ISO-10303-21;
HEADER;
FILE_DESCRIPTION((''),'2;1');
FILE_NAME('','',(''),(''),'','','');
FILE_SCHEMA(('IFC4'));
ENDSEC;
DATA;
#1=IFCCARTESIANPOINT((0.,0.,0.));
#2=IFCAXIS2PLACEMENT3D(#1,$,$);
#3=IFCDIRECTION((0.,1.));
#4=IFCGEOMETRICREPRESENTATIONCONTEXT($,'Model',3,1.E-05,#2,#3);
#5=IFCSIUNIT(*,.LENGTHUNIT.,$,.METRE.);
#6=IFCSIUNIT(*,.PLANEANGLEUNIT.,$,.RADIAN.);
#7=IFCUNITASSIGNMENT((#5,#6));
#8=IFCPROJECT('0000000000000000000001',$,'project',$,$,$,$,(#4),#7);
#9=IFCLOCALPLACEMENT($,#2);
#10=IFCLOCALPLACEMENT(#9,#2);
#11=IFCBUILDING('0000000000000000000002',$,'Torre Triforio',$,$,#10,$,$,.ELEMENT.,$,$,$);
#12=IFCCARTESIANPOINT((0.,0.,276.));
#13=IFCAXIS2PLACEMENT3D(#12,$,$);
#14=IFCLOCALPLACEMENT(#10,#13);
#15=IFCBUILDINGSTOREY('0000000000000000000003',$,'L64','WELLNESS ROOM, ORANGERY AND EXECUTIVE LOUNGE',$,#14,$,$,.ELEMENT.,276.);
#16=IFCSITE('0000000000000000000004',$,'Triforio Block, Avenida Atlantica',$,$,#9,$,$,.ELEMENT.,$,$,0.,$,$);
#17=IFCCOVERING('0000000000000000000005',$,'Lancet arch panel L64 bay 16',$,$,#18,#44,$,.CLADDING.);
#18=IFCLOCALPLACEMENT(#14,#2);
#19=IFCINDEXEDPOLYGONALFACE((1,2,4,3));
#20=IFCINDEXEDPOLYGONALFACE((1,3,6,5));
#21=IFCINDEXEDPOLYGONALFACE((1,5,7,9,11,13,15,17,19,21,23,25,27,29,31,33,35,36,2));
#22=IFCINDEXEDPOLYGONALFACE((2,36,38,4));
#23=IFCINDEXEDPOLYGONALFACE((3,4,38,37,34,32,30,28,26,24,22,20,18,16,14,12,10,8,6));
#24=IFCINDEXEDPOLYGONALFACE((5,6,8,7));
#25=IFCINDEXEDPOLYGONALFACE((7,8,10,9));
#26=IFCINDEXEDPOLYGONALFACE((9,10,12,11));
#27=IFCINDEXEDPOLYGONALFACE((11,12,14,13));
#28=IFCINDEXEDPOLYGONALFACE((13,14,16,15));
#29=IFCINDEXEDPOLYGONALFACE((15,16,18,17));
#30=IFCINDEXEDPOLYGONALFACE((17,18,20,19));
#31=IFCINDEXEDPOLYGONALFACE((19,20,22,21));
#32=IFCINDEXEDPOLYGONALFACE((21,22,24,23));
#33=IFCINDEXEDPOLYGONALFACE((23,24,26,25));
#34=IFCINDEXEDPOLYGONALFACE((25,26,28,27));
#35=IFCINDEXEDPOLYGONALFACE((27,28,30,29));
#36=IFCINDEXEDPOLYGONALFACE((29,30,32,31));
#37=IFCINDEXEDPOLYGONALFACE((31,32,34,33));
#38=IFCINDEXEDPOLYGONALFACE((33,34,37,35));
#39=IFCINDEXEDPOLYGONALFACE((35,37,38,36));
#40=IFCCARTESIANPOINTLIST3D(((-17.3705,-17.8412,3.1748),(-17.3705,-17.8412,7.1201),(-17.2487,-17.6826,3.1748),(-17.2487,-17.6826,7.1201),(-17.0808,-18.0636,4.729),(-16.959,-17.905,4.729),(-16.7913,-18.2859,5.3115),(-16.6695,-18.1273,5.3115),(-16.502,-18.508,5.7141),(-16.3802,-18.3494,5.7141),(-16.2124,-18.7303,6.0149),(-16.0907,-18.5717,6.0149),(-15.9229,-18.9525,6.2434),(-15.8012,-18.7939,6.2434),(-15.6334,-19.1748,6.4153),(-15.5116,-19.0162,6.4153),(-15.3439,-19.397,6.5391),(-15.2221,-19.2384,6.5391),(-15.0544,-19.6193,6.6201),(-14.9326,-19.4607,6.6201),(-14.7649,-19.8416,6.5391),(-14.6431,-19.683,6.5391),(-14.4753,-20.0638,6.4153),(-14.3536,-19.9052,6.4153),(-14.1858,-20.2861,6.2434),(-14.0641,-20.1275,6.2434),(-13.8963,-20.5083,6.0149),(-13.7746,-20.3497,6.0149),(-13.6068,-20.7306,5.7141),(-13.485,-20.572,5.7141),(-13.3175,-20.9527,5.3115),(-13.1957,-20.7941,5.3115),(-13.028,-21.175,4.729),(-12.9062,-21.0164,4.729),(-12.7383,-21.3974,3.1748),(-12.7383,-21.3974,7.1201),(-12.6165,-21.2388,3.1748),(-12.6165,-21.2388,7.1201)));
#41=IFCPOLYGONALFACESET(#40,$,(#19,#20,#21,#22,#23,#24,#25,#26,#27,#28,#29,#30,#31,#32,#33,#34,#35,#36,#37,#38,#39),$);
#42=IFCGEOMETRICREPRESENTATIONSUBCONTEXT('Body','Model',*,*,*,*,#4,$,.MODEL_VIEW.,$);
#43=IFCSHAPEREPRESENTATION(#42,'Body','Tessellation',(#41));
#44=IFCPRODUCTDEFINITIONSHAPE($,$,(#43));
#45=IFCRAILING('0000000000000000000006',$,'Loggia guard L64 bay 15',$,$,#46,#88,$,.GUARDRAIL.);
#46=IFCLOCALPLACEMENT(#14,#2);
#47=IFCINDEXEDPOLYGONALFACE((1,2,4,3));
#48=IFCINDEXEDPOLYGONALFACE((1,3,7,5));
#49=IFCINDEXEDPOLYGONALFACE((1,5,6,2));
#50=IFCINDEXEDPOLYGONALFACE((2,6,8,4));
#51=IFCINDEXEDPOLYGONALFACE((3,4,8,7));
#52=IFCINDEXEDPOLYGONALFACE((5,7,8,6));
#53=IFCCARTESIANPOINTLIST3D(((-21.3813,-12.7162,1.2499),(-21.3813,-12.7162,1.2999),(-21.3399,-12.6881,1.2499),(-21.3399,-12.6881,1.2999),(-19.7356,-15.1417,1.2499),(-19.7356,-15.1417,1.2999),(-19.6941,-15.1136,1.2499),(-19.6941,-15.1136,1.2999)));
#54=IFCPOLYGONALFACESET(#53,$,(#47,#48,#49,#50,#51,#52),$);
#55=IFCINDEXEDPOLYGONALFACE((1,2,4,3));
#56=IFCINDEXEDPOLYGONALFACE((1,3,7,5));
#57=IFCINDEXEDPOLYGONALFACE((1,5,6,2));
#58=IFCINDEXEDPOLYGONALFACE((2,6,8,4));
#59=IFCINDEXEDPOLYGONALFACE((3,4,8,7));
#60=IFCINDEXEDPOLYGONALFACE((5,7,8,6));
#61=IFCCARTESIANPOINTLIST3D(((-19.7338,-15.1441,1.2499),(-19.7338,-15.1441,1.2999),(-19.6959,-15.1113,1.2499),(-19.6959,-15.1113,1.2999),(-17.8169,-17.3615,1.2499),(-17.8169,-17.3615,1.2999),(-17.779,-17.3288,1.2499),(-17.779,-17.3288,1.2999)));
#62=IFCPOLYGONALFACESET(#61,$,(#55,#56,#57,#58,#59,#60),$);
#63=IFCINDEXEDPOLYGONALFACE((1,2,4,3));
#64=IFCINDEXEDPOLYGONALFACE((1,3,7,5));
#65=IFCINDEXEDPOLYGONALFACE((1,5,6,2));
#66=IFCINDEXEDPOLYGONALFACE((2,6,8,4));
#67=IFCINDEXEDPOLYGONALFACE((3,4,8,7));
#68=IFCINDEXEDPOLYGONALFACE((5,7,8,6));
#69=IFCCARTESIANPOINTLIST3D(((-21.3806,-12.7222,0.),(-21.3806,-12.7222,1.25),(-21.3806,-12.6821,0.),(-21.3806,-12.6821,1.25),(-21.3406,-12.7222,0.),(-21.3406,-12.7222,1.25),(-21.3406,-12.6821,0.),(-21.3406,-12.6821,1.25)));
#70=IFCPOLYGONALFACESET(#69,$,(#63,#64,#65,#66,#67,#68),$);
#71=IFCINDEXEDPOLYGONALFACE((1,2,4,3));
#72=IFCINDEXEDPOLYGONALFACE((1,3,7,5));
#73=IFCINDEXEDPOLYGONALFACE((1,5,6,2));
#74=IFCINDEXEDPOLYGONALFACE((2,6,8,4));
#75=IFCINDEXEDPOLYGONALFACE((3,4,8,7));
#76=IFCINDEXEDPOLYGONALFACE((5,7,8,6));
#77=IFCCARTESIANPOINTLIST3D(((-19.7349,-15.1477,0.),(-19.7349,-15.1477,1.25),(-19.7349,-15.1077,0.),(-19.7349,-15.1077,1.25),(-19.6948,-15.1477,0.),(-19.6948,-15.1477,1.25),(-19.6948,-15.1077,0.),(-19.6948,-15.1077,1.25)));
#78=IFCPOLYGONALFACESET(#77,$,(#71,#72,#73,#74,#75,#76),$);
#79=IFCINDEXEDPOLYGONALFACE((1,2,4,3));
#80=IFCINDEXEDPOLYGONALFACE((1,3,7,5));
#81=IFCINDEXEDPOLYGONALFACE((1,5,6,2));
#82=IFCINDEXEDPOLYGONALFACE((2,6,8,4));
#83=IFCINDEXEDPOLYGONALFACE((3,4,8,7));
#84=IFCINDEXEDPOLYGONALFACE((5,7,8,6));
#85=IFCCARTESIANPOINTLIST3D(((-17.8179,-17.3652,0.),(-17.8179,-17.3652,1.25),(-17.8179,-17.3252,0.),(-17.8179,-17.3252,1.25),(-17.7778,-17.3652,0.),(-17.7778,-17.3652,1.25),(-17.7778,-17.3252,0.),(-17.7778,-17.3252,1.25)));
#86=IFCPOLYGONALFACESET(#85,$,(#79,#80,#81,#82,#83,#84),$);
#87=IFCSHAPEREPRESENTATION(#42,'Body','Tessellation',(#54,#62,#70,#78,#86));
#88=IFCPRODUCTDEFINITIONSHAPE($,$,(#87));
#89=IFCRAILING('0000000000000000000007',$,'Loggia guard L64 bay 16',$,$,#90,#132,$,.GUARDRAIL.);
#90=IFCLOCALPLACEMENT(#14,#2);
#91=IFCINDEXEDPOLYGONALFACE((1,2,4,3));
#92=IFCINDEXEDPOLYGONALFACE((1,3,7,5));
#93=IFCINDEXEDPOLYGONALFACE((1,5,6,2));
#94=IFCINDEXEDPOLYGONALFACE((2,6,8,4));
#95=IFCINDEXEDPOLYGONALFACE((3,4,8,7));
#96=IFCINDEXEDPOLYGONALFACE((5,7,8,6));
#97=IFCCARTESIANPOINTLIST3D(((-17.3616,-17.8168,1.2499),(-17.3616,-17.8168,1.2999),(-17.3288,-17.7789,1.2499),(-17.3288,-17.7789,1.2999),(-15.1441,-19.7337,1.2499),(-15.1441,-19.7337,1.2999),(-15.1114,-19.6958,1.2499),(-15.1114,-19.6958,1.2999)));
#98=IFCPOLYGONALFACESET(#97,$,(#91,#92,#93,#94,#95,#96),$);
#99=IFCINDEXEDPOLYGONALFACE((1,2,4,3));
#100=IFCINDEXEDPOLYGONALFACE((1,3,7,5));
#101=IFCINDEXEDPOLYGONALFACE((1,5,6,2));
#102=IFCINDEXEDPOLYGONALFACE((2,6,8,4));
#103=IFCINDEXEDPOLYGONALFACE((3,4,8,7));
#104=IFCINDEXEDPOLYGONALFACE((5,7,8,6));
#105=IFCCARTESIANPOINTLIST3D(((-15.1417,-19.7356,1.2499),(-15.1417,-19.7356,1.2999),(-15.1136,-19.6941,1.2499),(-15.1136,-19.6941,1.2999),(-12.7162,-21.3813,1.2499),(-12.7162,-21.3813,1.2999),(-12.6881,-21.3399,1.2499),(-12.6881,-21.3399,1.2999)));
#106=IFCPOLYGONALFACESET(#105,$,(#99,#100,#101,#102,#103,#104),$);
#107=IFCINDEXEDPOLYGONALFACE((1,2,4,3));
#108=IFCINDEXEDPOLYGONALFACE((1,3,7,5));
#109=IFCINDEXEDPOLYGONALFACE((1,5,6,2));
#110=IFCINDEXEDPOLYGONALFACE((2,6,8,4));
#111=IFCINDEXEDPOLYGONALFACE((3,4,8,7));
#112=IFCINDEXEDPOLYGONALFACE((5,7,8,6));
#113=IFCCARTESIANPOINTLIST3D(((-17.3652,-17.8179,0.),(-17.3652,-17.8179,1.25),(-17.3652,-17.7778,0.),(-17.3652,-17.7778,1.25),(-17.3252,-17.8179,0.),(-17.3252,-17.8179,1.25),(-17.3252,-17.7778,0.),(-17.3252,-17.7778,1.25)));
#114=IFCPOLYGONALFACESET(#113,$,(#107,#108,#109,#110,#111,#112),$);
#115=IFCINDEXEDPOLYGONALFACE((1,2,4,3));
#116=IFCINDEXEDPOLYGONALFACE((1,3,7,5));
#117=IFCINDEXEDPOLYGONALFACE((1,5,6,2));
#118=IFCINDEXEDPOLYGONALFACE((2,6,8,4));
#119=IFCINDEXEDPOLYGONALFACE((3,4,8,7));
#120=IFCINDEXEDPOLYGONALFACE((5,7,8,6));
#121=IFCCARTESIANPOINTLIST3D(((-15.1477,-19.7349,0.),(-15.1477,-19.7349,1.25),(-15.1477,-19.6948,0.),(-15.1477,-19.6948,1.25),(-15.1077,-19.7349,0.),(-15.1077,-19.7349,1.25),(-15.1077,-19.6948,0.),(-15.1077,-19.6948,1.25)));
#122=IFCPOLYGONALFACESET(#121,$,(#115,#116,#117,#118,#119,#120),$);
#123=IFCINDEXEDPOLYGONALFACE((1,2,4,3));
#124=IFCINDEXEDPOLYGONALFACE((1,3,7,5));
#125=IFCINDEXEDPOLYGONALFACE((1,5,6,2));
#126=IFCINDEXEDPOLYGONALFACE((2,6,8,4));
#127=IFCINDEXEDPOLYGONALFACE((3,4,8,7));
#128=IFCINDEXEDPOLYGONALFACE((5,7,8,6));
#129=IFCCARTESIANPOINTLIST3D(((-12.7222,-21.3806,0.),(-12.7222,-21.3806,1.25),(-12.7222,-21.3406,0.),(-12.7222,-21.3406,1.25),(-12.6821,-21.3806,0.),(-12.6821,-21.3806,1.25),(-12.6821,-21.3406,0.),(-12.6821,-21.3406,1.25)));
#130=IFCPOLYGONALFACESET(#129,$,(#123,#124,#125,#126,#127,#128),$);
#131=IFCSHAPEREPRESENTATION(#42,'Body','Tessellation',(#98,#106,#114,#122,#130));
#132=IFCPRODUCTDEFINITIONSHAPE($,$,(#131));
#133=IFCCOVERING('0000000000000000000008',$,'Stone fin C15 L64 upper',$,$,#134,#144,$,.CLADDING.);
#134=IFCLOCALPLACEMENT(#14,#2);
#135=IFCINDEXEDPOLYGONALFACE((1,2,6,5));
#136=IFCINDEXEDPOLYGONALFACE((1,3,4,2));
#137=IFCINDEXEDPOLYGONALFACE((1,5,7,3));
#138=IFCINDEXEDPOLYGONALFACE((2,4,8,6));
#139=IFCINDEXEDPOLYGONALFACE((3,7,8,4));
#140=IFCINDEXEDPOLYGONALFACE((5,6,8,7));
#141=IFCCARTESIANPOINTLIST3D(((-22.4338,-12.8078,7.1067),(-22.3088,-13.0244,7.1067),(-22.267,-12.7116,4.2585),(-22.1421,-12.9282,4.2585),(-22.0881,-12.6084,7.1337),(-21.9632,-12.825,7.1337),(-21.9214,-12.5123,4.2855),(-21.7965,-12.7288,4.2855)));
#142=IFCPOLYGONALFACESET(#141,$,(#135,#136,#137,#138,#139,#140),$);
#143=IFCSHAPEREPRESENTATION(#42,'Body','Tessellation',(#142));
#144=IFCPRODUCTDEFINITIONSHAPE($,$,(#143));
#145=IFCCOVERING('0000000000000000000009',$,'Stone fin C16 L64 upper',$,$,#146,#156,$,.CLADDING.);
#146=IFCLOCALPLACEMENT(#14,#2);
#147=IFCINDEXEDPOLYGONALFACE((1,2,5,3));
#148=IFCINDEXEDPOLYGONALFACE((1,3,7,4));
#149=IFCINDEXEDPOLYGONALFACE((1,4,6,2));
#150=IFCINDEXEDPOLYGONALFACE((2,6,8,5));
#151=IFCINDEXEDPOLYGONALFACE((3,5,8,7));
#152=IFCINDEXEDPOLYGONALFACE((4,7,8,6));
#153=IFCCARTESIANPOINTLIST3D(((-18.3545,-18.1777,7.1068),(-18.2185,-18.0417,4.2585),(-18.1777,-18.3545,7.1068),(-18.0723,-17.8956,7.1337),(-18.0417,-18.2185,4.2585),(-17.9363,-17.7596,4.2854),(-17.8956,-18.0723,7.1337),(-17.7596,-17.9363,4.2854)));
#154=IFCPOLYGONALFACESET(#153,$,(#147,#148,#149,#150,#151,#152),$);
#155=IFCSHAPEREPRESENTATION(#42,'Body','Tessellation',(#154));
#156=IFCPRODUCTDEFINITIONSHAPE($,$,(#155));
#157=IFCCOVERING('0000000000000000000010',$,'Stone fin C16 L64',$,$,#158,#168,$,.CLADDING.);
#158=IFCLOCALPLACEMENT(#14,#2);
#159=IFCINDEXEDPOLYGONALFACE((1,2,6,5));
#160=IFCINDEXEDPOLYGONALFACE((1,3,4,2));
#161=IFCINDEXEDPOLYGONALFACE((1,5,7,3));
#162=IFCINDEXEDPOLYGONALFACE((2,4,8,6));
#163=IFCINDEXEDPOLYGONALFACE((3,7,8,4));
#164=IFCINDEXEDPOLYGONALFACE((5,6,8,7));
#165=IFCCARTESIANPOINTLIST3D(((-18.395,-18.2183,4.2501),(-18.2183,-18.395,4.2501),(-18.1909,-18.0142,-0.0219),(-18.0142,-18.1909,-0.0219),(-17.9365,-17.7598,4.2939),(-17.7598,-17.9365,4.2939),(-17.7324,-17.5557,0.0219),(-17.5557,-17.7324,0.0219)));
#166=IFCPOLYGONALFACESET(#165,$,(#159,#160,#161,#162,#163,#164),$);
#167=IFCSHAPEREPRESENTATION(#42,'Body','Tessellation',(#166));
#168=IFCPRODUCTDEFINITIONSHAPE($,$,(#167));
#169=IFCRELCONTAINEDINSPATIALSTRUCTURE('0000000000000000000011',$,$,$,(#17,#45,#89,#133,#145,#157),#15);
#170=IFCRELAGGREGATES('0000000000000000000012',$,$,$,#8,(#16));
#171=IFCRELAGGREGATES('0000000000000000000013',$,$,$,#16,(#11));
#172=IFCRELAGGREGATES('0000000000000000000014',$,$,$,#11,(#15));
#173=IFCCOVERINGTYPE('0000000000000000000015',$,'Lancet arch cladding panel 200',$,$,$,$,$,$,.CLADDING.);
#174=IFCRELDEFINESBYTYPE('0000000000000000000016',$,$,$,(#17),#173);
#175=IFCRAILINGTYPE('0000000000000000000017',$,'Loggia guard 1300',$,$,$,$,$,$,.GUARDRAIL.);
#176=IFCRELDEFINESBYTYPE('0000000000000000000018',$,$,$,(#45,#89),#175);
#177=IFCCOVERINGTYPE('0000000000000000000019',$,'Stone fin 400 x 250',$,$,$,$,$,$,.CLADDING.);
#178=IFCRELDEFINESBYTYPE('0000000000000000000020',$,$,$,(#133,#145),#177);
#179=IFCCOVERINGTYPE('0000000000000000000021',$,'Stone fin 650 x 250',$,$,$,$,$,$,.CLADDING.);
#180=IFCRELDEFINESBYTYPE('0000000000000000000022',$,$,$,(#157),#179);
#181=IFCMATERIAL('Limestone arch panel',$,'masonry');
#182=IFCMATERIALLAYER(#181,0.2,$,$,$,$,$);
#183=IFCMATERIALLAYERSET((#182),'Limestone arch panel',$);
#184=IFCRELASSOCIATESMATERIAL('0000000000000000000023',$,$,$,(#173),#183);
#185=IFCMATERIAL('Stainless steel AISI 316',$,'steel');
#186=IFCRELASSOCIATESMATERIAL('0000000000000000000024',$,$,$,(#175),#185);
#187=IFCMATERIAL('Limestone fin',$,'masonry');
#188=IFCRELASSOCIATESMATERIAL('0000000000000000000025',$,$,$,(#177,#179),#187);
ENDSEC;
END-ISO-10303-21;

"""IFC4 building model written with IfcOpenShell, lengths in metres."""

from ifc_helpers import new_model, si_unit, direction, frame, origin, origin_2d, place, context, subcontext, project, spatial, polyline, rectangle, outline, extrude, material, layer, layer_set, material_profile, profile_set, type_object, element, save


model = new_model("IFC4")

# Units and contexts
model_context = context("Model", 3, precision=1e-05, world=origin(), true_north=direction((0.0, 1.0)))
body_context = subcontext(model_context, "Body", "Model", "MODEL_VIEW")
ifc_project = project(units=[si_unit("LENGTHUNIT", "METRE"), si_unit("PLANEANGLEUNIT", "RADIAN")], contexts=[model_context])

# Site, building, storey
site_placement = place(None, origin())
site = spatial("IfcSite", under=ifc_project, at=site_placement, Name="Triforio Block, Avenida Atlantica", CompositionType="ELEMENT", RefElevation=0.0)
building_placement = place(site_placement, origin())
building = spatial("IfcBuilding", under=site, at=building_placement, Name="Torre Triforio", CompositionType="ELEMENT")
storey_placement = place(building_placement, frame((0.0, 0.0, 276.0)))
storey = spatial("IfcBuildingStorey", under=building, at=storey_placement, Name="L64", Description="WELLNESS ROOM, ORANGERY AND EXECUTIVE LOUNGE", CompositionType="ELEMENT", Elevation=276.0)

# Covering
ifc_material_1 = material(Name="Limestone arch panel", Category="masonry")
ifc_layer_1 = layer(ifc_material_1, 0.2)
ifc_layer_set_1 = layer_set([ifc_layer_1], Name="Limestone arch panel")
covering_type_1 = type_object("IfcCoveringType", Name="Lancet arch cladding panel 200", PredefinedType="CLADDING", material=ifc_layer_set_1)
for number, where, z_axis, x_axis, name in (
    (1, (-14.9326, -19.4607, 0.0), (-0.608944, -0.793213, 0.0), (0.793213, -0.608944, 0.0), "Lancet arch panel L64 bay 16"),
):
    element("IfcCovering", number, at=place(storey_placement, frame(where, z_axis=z_axis, x_axis=x_axis)), inside=storey, type_object=covering_type_1, Name=name, PredefinedType="CLADDING", context=body_context, shape_type="SweptSolid", body=[
        extrude(outline(polyline([(-2.9199, 7.1201), (-2.9199, 3.1748), (-2.5547, 4.729), (-2.1897, 5.3115), (-1.825, 5.7141), (-1.46, 6.0149), (-1.095, 6.2434), (-0.73, 6.4153), (-0.365, 6.5391), (0.0, 6.6201), (0.365, 6.5391), (0.73, 6.4153), (1.095, 6.2434), (1.46, 6.0149), (1.825, 5.7141), (2.1897, 5.3115), (2.5547, 4.729), (2.9199, 3.1748), (2.9199, 7.1201), (-2.9199, 7.1201)])), origin(), (0.0, 0.0, 1.0), 0.2),
    ])

# Railings
ifc_material_2 = material(Name="Stainless steel AISI 316", Category="steel")
railing_type = type_object("IfcRailingType", Name="Loggia guard 1300", PredefinedType="GUARDRAIL", material=ifc_material_2)
railing_1_placement = place(storey_placement, frame((-21.3606, -12.7021, 0.0)))
element("IfcRailing", 2, at=railing_1_placement, inside=storey, type_object=railing_type, Name="Loggia guard L64 bay 15", PredefinedType="GUARDRAIL", context=body_context, shape_type="SweptSolid", body=[
    extrude(rectangle(XDim=0.05, YDim=0.05, at=origin_2d()), frame((0.0, 0.0, 1.2749), z_axis=(0.561467, -0.827499, 0.0), x_axis=(0.827499, 0.561467, 0.0)), (0.0, 0.0, 1.0), 2.9312),
    extrude(rectangle(XDim=0.05, YDim=0.05, at=origin_2d()), frame((1.6458, -2.4255, 1.2749), z_axis=(0.653982, -0.75651, 0.0), x_axis=(0.75651, 0.653982, 0.0)), (0.0, 0.0, 1.0), 2.9312),
    extrude(rectangle(XDim=0.04, YDim=0.04, at=origin_2d()), origin(), (0.0, 0.0, 1.0), 1.25),
    extrude(rectangle(XDim=0.04, YDim=0.04, at=origin_2d()), frame((1.6458, -2.4255, 0.0)), (0.0, 0.0, 1.0), 1.25),
    extrude(rectangle(XDim=0.04, YDim=0.04, at=origin_2d()), frame((3.5627, -4.6431, 0.0)), (0.0, 0.0, 1.0), 1.25),
])
railing_2_placement = place(storey_placement, frame((-17.3452, -17.7979, 0.0)))
element("IfcRailing", 3, at=railing_2_placement, inside=storey, type_object=railing_type, Name="Loggia guard L64 bay 16", PredefinedType="GUARDRAIL", context=body_context, shape_type="SweptSolid", body=[
    extrude(rectangle(XDim=0.05, YDim=0.05, at=origin_2d()), frame((0.0, 0.0, 1.2749), z_axis=(0.75651, -0.653982, 0.0), x_axis=(0.653982, 0.75651, 0.0)), (0.0, 0.0, 1.0), 2.9312),
    extrude(rectangle(XDim=0.05, YDim=0.05, at=origin_2d()), frame((2.2175, -1.917, 1.2749), z_axis=(0.827499, -0.561467, 0.0), x_axis=(0.561467, 0.827499, 0.0)), (0.0, 0.0, 1.0), 2.9312),
    extrude(rectangle(XDim=0.04, YDim=0.04, at=origin_2d()), origin(), (0.0, 0.0, 1.0), 1.25),
    extrude(rectangle(XDim=0.04, YDim=0.04, at=origin_2d()), frame((2.2175, -1.917, 0.0)), (0.0, 0.0, 1.0), 1.25),
    extrude(rectangle(XDim=0.04, YDim=0.04, at=origin_2d()), frame((4.6431, -3.5627, 0.0)), (0.0, 0.0, 1.0), 1.25),
])

# Coverings
ifc_material_3 = material(Name="Limestone fin", Category="masonry")
ifc_material_profile_1 = material_profile(ifc_material_3, rectangle(XDim=0.3999, YDim=0.25, at=origin_2d()), Name="FIN 400x250")
ifc_profile_set_1 = profile_set([ifc_material_profile_1], Name="Limestone fin")
covering_type_2 = type_object("IfcCoveringType", Name="Stone fin 400 x 250", PredefinedType="CLADDING", material=ifc_profile_set_1)
for number, where, z_axis, x_axis, name in (
    (4, (-22.0317, -12.7202, 4.272), (-0.058413, -0.033696, 0.997724), (0.864235, 0.498548, 0.067435), "Stone fin C15 L64 upper"),
    (5, (-17.989, -17.989, 4.272), (-0.047637, -0.047637, 0.997728), (0.7055, 0.7055, 0.067369), "Stone fin C16 L64 upper"),
):
    element("IfcCovering", number, at=place(storey_placement, frame(where, z_axis=z_axis, x_axis=x_axis)), inside=storey, type_object=covering_type_2, Name=name, PredefinedType="CLADDING", context=body_context, shape_type="SweptSolid", body=[
        extrude(rectangle(XDim=0.3999, YDim=0.25, at=origin_2d()), origin(), (0.0, 0.0, 1.0), 2.8547),
    ])
ifc_material_profile_2 = material_profile(ifc_material_3, rectangle(XDim=0.6499, YDim=0.25, at=origin_2d()), Name="FIN 650x250")
ifc_profile_set_2 = profile_set([ifc_material_profile_2], Name="Limestone fin")
covering_type_3 = type_object("IfcCoveringType", Name="Stone fin 650 x 250", PredefinedType="CLADDING", material=ifc_profile_set_2)
covering_placement = place(storey_placement, frame((-17.8733, -17.8733, 0.0), z_axis=(-0.047668, -0.047668, 0.997725), x_axis=(0.705498, 0.705498, 0.067413)))
element("IfcCovering", 6, at=covering_placement, inside=storey, type_object=covering_type_3, Name="Stone fin C16 L64", PredefinedType="CLADDING", context=body_context, shape_type="SweptSolid", body=[
    extrude(rectangle(XDim=0.6499, YDim=0.25, at=origin_2d()), origin(), (0.0, 0.0, 1.0), 4.2817),
])

save(model, "model.ifc")
